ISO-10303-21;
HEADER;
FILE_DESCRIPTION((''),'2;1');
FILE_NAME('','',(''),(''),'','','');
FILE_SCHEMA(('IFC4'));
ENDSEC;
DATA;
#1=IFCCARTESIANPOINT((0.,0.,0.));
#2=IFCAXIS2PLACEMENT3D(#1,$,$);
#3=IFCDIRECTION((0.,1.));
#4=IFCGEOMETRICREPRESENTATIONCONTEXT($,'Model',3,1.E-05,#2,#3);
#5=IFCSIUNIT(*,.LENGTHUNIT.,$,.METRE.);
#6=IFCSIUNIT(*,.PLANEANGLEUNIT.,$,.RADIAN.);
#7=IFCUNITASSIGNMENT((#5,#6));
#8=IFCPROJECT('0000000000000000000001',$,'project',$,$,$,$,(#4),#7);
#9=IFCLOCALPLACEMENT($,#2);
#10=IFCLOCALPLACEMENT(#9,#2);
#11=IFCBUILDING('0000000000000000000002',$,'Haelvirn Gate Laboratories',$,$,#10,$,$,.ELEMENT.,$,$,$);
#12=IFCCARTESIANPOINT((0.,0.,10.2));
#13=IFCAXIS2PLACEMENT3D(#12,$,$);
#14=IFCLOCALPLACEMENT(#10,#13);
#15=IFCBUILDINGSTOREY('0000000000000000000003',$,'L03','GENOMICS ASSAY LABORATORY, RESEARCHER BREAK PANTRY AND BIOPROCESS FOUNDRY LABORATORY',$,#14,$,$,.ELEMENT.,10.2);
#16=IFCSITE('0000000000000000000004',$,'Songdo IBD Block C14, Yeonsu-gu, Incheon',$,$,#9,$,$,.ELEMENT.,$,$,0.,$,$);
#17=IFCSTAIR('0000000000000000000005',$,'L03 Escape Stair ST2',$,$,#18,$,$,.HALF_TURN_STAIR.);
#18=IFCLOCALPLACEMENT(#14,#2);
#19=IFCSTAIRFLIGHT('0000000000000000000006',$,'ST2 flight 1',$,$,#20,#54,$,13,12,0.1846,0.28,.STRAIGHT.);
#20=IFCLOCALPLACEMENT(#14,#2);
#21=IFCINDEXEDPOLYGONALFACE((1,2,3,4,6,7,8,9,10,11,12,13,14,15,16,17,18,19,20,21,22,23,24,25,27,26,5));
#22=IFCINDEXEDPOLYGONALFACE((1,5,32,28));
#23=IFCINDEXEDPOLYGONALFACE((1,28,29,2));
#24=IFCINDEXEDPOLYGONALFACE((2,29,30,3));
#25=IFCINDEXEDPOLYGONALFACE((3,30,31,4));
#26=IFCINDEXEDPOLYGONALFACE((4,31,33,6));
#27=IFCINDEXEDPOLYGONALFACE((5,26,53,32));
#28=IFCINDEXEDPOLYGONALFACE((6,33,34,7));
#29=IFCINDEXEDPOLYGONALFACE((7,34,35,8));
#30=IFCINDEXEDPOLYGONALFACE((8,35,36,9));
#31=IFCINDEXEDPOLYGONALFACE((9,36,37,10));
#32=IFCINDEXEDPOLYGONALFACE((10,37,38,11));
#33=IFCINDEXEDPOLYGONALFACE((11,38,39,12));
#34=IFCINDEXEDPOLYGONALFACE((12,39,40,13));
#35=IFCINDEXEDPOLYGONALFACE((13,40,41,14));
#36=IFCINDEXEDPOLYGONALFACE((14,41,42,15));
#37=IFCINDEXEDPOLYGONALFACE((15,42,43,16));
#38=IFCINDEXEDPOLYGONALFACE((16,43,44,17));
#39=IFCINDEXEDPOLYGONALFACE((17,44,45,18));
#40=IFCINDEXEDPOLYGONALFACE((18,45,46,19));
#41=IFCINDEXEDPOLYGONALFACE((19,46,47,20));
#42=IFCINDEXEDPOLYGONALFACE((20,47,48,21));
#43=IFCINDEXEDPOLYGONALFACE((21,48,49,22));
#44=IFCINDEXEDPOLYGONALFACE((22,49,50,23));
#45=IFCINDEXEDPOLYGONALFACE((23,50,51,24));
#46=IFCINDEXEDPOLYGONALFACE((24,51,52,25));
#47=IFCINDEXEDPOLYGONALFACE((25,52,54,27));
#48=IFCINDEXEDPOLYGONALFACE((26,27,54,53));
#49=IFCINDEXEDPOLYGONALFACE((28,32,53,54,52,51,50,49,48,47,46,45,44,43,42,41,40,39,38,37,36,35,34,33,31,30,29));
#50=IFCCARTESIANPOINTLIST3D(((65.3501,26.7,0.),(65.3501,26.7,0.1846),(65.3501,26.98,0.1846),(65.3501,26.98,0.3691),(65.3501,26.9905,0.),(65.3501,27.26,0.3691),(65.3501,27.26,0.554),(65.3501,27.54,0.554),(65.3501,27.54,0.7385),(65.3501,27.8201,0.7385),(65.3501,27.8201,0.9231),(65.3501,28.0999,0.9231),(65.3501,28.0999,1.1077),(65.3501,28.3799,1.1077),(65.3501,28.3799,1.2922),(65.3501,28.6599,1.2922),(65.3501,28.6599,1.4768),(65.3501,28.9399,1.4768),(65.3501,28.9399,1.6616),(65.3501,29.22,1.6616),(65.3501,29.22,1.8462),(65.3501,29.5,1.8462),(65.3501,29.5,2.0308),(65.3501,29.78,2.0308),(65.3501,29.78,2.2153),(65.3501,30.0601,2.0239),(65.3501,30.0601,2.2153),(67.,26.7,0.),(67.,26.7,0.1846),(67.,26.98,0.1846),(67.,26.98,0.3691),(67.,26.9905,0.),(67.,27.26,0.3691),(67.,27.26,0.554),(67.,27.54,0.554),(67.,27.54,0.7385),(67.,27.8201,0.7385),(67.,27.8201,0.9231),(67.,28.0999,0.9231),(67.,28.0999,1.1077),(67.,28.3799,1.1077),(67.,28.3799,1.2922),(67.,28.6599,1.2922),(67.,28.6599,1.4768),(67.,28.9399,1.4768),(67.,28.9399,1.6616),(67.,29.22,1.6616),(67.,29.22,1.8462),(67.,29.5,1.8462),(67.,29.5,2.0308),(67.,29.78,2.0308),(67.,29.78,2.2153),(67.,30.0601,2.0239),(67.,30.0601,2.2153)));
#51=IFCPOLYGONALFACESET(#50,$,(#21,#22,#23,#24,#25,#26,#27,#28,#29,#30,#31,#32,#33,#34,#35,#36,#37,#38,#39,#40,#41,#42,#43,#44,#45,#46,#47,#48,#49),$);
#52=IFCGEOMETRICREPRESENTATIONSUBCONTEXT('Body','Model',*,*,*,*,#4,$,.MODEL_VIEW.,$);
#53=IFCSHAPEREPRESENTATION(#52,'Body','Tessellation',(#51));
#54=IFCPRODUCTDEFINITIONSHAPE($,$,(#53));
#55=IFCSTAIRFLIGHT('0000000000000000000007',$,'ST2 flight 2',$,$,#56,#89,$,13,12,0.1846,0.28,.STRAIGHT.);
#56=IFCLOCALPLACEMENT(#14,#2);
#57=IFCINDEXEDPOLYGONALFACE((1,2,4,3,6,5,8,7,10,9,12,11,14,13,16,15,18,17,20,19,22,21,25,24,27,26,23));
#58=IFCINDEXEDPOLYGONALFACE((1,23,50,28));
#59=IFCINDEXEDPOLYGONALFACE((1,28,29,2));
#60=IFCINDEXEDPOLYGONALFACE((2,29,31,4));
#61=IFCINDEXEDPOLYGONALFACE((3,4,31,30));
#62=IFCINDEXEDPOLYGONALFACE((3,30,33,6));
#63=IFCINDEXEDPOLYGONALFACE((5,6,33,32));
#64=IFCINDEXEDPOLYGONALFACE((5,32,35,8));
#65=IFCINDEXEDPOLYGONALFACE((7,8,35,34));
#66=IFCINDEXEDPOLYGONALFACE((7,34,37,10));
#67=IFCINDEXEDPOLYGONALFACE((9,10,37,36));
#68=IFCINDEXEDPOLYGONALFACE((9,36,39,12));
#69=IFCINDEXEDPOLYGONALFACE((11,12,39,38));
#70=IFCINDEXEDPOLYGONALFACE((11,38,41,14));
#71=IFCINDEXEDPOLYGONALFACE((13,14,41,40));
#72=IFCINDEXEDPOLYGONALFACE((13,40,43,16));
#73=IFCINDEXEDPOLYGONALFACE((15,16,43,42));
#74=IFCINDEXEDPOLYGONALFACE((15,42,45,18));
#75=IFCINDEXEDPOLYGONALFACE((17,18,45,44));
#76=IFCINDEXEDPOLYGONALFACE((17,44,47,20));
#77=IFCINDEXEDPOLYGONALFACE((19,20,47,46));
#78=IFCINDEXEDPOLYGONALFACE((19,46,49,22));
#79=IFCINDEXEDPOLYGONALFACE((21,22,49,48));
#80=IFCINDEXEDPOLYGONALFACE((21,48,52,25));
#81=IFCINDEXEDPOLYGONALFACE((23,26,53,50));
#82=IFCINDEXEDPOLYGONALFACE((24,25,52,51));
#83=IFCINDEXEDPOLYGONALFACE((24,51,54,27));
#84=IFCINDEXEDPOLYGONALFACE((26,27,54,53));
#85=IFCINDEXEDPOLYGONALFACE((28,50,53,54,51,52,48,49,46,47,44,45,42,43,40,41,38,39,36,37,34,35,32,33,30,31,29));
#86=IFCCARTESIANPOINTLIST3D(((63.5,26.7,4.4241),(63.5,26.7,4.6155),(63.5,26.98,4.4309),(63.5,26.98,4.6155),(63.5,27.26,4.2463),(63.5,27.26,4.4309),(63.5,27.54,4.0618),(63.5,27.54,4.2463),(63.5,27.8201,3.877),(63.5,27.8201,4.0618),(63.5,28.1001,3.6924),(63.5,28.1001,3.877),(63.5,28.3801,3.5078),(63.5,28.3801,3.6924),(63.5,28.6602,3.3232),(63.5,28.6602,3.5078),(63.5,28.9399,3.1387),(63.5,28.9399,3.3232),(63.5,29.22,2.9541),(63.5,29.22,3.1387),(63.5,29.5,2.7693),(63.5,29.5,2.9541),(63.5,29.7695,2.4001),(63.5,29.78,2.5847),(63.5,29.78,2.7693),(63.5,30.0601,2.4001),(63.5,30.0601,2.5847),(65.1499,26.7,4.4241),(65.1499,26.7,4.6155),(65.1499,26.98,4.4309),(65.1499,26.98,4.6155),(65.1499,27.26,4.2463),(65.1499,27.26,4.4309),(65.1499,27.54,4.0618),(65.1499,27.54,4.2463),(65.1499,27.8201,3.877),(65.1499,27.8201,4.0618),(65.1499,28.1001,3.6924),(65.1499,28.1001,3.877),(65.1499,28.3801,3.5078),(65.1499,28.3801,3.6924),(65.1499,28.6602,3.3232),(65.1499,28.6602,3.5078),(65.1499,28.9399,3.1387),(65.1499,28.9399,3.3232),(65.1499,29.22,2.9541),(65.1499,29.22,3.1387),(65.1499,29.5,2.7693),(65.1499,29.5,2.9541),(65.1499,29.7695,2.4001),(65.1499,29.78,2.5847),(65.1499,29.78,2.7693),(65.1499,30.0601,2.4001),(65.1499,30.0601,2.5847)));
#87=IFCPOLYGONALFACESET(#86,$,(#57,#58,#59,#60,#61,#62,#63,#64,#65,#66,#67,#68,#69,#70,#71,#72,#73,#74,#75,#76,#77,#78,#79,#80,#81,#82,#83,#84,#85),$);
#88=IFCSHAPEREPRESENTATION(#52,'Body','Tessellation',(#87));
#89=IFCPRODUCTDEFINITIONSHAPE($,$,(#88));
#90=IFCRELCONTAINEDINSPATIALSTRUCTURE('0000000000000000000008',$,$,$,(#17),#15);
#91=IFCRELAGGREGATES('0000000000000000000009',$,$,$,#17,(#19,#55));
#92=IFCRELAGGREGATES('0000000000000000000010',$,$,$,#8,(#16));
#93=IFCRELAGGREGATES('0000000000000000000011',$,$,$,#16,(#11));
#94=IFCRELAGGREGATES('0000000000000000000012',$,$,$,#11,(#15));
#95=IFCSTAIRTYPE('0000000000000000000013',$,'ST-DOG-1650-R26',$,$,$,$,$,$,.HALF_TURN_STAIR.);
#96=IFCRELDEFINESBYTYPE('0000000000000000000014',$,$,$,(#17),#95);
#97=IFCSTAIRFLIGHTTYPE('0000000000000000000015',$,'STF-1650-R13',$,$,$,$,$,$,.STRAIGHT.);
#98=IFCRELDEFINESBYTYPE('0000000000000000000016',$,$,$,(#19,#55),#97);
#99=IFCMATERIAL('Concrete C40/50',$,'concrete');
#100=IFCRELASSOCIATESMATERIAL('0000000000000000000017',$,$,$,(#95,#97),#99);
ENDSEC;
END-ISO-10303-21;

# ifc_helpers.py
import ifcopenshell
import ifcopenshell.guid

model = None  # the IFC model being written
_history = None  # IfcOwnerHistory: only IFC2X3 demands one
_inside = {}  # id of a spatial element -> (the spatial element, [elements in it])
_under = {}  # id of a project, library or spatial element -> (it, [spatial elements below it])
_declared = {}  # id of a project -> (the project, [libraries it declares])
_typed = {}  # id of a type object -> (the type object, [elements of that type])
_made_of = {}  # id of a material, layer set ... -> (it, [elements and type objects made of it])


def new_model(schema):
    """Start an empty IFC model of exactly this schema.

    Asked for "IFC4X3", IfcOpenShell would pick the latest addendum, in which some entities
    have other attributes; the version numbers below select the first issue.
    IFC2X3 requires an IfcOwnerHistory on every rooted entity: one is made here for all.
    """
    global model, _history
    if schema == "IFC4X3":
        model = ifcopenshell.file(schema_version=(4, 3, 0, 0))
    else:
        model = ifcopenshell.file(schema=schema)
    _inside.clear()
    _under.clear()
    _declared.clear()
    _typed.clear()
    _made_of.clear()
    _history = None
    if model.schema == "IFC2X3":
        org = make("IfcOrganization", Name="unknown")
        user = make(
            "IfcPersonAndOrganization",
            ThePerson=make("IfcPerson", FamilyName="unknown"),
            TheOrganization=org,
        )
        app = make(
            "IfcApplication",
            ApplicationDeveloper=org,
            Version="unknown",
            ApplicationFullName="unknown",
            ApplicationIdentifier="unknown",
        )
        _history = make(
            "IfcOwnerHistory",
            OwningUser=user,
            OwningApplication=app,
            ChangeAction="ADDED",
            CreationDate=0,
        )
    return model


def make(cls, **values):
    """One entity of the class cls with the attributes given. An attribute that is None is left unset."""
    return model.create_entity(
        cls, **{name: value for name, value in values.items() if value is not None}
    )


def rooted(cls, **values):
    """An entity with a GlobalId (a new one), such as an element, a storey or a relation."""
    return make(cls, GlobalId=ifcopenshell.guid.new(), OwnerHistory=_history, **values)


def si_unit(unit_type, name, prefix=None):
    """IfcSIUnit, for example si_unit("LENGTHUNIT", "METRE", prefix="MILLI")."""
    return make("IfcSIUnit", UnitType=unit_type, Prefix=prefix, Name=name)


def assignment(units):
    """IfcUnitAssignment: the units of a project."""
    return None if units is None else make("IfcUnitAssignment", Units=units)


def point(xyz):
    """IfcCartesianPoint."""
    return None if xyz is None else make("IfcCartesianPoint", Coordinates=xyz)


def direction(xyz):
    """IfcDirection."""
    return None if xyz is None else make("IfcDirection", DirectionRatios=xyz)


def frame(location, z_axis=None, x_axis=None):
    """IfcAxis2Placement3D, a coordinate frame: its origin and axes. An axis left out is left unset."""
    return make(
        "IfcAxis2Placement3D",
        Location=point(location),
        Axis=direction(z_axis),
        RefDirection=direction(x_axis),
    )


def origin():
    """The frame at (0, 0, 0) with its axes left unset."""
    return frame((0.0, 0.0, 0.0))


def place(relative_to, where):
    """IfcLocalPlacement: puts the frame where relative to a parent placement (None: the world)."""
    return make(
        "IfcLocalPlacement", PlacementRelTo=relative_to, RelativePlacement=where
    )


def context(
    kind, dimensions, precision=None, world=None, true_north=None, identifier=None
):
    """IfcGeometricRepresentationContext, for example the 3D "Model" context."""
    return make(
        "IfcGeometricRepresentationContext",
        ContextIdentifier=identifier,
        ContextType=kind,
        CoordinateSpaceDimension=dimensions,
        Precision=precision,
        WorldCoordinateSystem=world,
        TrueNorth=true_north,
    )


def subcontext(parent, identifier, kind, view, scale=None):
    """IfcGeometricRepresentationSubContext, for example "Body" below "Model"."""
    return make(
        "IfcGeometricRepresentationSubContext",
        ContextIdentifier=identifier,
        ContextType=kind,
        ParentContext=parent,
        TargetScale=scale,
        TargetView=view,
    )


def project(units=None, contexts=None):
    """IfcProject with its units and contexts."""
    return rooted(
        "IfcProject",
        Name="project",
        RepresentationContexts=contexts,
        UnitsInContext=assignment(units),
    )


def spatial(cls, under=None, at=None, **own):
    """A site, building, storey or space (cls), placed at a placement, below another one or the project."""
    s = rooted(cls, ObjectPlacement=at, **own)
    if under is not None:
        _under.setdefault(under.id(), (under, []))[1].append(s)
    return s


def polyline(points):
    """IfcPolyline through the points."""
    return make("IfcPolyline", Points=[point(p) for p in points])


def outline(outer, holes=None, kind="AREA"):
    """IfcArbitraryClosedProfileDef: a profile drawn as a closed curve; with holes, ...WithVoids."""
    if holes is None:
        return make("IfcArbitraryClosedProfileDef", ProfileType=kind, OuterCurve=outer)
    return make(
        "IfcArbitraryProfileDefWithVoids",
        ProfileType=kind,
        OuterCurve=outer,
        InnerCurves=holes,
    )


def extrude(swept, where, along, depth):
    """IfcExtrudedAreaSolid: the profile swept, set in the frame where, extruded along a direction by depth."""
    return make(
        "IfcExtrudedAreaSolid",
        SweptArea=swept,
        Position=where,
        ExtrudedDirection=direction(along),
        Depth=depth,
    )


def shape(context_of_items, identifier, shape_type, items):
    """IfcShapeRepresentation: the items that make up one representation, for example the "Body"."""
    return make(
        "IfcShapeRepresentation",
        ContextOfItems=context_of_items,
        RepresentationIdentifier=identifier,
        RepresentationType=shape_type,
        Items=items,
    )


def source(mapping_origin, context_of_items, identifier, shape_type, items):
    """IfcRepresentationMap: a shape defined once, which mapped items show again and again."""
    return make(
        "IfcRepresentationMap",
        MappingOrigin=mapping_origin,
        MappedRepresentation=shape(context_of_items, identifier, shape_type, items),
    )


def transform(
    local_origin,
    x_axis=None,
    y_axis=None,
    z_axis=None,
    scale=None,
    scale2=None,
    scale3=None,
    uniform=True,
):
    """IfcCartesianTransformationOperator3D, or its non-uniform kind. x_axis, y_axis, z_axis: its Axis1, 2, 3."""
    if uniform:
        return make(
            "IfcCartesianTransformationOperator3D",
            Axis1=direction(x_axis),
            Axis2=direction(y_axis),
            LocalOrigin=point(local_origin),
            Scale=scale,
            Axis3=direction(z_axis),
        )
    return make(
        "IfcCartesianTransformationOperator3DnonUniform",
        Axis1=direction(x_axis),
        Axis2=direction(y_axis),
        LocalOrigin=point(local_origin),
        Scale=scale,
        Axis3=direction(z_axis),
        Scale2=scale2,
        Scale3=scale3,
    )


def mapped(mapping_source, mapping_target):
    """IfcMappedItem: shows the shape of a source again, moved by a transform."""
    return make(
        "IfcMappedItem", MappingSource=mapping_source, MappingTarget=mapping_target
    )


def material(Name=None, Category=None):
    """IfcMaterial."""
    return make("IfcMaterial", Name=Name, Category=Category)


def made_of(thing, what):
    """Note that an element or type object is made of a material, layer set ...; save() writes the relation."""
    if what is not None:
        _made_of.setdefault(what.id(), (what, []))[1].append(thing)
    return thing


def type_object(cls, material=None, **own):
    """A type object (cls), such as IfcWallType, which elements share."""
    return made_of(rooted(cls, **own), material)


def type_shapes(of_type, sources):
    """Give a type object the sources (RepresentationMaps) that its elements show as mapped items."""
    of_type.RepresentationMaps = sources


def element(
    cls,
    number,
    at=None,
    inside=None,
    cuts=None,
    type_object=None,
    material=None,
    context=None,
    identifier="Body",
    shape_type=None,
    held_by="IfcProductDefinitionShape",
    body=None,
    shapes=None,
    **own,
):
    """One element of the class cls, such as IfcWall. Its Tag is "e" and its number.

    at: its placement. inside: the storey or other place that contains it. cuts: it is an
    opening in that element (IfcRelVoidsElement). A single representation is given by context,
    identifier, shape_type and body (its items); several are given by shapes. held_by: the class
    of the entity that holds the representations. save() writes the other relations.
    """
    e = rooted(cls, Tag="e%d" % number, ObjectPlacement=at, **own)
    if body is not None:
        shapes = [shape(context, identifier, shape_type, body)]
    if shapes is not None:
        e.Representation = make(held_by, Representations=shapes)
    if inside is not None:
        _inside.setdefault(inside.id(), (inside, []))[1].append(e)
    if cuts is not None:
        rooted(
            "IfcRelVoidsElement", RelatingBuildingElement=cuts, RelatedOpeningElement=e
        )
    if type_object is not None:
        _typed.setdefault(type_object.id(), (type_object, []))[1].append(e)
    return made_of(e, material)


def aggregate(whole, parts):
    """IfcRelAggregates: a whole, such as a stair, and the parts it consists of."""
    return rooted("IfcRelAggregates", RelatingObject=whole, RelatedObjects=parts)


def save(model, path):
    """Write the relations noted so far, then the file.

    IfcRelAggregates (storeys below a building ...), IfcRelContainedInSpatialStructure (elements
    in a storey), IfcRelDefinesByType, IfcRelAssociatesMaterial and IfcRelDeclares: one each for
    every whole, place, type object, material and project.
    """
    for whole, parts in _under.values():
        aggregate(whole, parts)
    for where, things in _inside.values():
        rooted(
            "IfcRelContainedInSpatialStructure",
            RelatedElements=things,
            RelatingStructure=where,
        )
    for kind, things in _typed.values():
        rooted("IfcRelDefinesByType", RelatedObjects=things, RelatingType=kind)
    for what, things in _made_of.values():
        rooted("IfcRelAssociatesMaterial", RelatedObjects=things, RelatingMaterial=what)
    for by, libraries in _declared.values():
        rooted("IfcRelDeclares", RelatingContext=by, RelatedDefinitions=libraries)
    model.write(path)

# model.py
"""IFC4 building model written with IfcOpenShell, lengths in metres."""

from ifc_helpers import new_model, si_unit, direction, frame, origin, place, context, subcontext, project, spatial, polyline, outline, extrude, source, transform, mapped, material, type_object, type_shapes, element, aggregate, save


model = new_model("IFC4")

# Units and contexts
model_context = context("Model", 3, precision=1e-05, world=origin(), true_north=direction((0.0, 1.0)))
body_context = subcontext(model_context, "Body", "Model", "MODEL_VIEW")
ifc_project = project(units=[si_unit("LENGTHUNIT", "METRE"), si_unit("PLANEANGLEUNIT", "RADIAN")], contexts=[model_context])

# Site, building, storey
site_placement = place(None, origin())
site = spatial("IfcSite", under=ifc_project, at=site_placement, Name="Songdo IBD Block C14, Yeonsu-gu, Incheon", CompositionType="ELEMENT", RefElevation=0.0)
building_placement = place(site_placement, origin())
building = spatial("IfcBuilding", under=site, at=building_placement, Name="Haelvirn Gate Laboratories", CompositionType="ELEMENT")
storey_placement = place(building_placement, frame((0.0, 0.0, 10.2)))
storey = spatial("IfcBuildingStorey", under=building, at=storey_placement, Name="L03", Description="GENOMICS ASSAY LABORATORY, RESEARCHER BREAK PANTRY AND BIOPROCESS FOUNDRY LABORATORY", CompositionType="ELEMENT", Elevation=10.2)

# Shared definitions
ifc_material_1 = material(Name="Concrete C40/50", Category="concrete")

# Stair, stair flights
stair_type = type_object("IfcStairType", Name="ST-DOG-1650-R26", PredefinedType="HALF_TURN_STAIR", material=ifc_material_1)
stair_placement = place(storey_placement, origin())
stair = element("IfcStair", 1, at=stair_placement, inside=storey, type_object=stair_type, Name="L03 Escape Stair ST2", PredefinedType="HALF_TURN_STAIR")
stair_flight_type = type_object("IfcStairFlightType", Name="STF-1650-R13", PredefinedType="STRAIGHT", material=ifc_material_1)
shared_shape_1 = source(origin(), body_context, "Body", "SweptSolid", [
    extrude(outline(polyline([(0.0, 0.0), (0.0, 0.1846), (0.28, 0.1846), (0.28, 0.3691), (0.5601, 0.3691), (0.5601, 0.554), (0.8401, 0.554), (0.8401, 0.7385), (1.1201, 0.7385), (1.1201, 0.9231), (1.3999, 0.9231), (1.3999, 1.1077), (1.6799, 1.1077), (1.6799, 1.2922), (1.96, 1.2922), (1.96, 1.4768), (2.24, 1.4768), (2.24, 1.6616), (2.52, 1.6616), (2.52, 1.8462), (2.8, 1.8462), (2.8, 2.0308), (3.0801, 2.0308), (3.0801, 2.2153), (3.3601, 2.2153), (3.3601, 2.3999), (3.3601, 2.0239), (0.2905, 0.0), (0.0, 0.0)])), frame((0.0, 0.825, 0.0), z_axis=(0.0, -1.0, 0.0), x_axis=(1.0, 0.0, 0.0)), (0.0, 0.0, 1.0), 1.6499),
])
type_shapes(stair_flight_type, [shared_shape_1])
stair_flight_1_placement = place(storey_placement, frame((66.175, 26.7, 0.0), z_axis=(0.0, 0.0, 1.0), x_axis=(0.0, 1.0, 0.0)))
stair_flight_1 = element("IfcStairFlight", 2, at=stair_flight_1_placement, type_object=stair_flight_type, Name="ST2 flight 1", NumberOfRisers=13, NumberOfTreads=12, PredefinedType="STRAIGHT", RiserHeight=0.1846, TreadLength=0.28, context=body_context, shape_type="MappedRepresentation", body=[
    mapped(shared_shape_1, transform((0.0, 0.0, 0.0), scale=1.0)),
])
stair_flight_2_placement = place(storey_placement, frame((64.325, 30.0601, 2.4001), z_axis=(0.0, 0.0, 1.0), x_axis=(0.0, -1.0, 0.0)))
stair_flight_2 = element("IfcStairFlight", 3, at=stair_flight_2_placement, type_object=stair_flight_type, Name="ST2 flight 2", NumberOfRisers=13, NumberOfTreads=12, PredefinedType="STRAIGHT", RiserHeight=0.1846, TreadLength=0.28, context=body_context, shape_type="MappedRepresentation", body=[
    mapped(shared_shape_1, transform((0.0, 0.0, 0.0), scale=1.0)),
])
aggregate(stair, [stair_flight_1, stair_flight_2])

save(model, "model.ifc")
